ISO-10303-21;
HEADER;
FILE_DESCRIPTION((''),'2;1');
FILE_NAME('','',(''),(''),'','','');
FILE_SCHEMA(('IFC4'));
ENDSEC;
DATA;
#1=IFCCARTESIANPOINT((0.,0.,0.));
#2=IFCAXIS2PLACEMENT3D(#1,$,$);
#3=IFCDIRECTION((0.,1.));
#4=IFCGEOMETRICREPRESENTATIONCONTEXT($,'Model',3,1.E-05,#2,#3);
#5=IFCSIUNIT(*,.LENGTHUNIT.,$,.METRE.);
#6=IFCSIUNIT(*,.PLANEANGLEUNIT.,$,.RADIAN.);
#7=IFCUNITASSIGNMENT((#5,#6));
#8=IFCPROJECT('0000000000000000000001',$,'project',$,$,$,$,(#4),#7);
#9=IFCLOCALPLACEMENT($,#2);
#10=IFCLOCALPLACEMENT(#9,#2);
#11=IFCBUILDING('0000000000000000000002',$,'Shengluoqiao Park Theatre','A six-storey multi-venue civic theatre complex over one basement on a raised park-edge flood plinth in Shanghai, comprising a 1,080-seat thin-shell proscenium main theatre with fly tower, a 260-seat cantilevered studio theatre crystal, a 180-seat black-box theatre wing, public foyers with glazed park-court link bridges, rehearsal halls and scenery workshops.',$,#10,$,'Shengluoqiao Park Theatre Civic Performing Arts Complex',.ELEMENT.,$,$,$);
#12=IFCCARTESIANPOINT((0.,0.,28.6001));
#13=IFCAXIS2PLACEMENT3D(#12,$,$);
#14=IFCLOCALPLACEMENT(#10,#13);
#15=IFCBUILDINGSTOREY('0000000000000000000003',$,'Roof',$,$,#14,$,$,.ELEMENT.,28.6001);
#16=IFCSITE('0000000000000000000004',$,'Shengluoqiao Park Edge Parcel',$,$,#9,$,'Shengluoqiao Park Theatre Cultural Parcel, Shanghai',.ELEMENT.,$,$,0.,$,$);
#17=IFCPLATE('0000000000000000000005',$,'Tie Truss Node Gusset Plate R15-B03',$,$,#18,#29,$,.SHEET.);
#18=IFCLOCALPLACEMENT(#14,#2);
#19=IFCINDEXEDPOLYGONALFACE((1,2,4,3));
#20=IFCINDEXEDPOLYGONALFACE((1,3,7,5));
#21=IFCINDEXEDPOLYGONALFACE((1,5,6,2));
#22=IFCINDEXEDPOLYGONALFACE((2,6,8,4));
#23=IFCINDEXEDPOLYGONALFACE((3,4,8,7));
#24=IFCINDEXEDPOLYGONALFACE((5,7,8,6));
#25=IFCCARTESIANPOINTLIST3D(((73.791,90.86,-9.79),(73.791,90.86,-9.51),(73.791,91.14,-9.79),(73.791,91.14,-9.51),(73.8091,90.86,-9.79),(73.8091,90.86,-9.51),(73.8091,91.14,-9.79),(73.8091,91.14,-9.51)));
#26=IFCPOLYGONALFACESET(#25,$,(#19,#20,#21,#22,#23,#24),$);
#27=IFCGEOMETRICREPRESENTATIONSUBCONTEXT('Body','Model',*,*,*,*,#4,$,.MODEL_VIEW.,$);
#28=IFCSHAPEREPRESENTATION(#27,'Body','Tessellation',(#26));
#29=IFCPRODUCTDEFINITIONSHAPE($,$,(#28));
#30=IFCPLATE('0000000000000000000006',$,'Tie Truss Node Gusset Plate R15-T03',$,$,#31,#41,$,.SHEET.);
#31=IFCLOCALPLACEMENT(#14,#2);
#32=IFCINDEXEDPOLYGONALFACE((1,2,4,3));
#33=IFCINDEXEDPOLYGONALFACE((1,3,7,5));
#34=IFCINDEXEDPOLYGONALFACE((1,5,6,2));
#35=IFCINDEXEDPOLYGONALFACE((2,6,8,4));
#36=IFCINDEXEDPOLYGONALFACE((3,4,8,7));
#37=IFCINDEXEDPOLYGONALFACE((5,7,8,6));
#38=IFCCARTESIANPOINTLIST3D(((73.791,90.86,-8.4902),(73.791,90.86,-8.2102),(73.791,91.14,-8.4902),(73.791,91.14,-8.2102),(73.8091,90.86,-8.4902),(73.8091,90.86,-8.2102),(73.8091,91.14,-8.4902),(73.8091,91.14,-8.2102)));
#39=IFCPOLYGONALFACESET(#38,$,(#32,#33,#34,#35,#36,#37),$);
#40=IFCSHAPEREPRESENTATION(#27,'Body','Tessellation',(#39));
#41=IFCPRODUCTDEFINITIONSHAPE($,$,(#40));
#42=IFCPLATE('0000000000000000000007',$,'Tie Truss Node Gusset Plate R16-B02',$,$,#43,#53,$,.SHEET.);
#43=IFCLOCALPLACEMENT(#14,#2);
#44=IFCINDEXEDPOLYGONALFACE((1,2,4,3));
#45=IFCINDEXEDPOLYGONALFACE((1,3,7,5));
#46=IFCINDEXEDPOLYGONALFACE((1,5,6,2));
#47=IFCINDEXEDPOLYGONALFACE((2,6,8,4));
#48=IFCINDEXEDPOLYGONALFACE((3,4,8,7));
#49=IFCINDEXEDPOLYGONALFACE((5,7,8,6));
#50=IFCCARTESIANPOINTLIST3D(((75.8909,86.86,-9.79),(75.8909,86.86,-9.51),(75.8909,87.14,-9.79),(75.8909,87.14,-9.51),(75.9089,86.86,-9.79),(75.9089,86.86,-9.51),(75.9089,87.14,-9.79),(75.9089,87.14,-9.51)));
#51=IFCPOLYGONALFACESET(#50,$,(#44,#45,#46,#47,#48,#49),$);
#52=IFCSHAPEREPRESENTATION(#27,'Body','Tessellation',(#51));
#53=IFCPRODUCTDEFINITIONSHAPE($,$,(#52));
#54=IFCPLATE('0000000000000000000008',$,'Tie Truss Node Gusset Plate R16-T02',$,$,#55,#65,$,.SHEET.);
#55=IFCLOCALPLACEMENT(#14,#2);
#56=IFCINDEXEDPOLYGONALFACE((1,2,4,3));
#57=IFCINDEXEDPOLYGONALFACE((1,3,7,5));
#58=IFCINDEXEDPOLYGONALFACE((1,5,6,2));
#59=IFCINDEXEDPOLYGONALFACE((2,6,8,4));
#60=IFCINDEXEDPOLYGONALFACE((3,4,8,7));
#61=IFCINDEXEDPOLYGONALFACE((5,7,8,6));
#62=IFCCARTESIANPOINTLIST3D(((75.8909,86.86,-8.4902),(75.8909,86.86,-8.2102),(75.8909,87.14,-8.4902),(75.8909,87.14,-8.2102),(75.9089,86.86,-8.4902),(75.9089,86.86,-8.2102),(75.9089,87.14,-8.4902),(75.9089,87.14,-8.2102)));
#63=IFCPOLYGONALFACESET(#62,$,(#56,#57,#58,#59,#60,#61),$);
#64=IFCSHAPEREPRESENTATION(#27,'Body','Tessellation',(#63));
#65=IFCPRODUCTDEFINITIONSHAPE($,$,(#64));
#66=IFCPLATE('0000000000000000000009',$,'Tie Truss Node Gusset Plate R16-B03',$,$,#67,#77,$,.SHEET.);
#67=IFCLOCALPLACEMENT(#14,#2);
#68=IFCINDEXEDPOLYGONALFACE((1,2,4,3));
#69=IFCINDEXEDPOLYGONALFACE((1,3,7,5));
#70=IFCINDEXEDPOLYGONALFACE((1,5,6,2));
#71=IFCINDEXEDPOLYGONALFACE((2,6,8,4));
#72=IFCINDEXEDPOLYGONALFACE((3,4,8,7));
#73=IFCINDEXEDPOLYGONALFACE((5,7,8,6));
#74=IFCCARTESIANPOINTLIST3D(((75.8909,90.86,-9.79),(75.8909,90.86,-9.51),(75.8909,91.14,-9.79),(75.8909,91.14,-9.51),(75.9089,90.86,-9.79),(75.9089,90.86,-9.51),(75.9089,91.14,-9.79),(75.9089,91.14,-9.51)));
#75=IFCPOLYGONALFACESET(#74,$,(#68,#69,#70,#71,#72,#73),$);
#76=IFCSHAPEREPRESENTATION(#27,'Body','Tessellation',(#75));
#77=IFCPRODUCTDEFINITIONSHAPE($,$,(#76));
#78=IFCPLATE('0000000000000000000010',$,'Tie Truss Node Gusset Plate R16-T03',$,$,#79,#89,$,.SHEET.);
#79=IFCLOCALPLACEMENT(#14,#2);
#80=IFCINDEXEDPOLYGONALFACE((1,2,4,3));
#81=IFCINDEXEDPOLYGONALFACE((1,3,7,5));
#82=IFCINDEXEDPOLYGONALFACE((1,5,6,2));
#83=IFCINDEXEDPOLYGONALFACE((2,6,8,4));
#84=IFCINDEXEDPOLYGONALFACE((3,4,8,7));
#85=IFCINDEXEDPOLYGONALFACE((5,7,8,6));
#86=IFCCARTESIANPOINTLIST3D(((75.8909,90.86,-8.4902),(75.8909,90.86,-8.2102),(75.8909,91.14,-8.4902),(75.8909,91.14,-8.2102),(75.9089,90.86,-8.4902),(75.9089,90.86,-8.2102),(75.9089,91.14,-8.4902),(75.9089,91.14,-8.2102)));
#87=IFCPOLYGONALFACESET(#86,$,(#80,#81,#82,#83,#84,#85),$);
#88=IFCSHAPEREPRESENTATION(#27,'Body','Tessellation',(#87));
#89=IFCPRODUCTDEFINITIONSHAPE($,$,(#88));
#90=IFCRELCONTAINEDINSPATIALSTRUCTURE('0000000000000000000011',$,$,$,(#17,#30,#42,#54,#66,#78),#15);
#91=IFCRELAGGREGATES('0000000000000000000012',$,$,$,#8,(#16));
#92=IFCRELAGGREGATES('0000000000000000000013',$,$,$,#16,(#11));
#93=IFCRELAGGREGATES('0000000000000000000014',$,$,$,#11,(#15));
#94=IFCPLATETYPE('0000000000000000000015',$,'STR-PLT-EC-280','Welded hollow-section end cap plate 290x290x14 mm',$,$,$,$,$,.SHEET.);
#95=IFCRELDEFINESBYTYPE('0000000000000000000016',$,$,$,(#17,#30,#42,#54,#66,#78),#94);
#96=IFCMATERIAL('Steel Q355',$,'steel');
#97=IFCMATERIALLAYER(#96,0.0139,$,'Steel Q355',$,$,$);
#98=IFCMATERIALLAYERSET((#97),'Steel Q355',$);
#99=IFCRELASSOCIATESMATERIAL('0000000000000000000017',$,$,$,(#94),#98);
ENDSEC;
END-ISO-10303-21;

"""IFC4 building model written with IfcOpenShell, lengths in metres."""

from ifc_helpers import new_model, si_unit, direction, frame, origin, origin_2d, place, context, subcontext, project, spatial, rectangle, extrude, material, layer, layer_set, type_object, element, save


model = new_model("IFC4")

# Units and contexts
model_context = context("Model", 3, precision=1e-05, world=origin(), true_north=direction((0.0, 1.0)))
body_context = subcontext(model_context, "Body", "Model", "MODEL_VIEW")
ifc_project = project(units=[si_unit("LENGTHUNIT", "METRE"), si_unit("PLANEANGLEUNIT", "RADIAN")], contexts=[model_context])

# Site, building, storey
site_placement = place(None, origin())
site = spatial("IfcSite", under=ifc_project, at=site_placement, Name="Shengluoqiao Park Edge Parcel", LongName="Shengluoqiao Park Theatre Cultural Parcel, Shanghai", CompositionType="ELEMENT", RefElevation=0.0)
building_placement = place(site_placement, origin())
building = spatial("IfcBuilding", under=site, at=building_placement, Name="Shengluoqiao Park Theatre", Description="A six-storey multi-venue civic theatre complex over one basement on a raised park-edge flood plinth in Shanghai, comprising a 1,080-seat thin-shell proscenium main theatre with fly tower, a 260-seat cantilevered studio theatre crystal, a 180-seat black-box theatre wing, public foyers with glazed park-court link bridges, rehearsal halls and scenery workshops.", LongName="Shengluoqiao Park Theatre Civic Performing Arts Complex", CompositionType="ELEMENT")
storey_placement = place(building_placement, frame((0.0, 0.0, 28.6001)))
storey = spatial("IfcBuildingStorey", under=building, at=storey_placement, Name="Roof", CompositionType="ELEMENT", Elevation=28.6001)

# Shared definitions
ifc_material = material(Name="Steel Q355", Category="steel")

# Plates
ifc_layer = layer(ifc_material, 0.0139, Name="Steel Q355")
ifc_layer_set = layer_set([ifc_layer], Name="Steel Q355")
plate_type = type_object("IfcPlateType", Name="STR-PLT-EC-280", Description="Welded hollow-section end cap plate 290x290x14 mm", PredefinedType="SHEET", material=ifc_layer_set)
for number, where, z_axis, x_axis, name in (
    (1, (73.8, 91.0, -9.79), (0.0, 0.0, 1.0), (1.0, 0.0, 0.0), "Tie Truss Node Gusset Plate R15-B03"),
    (2, (73.8, 91.0, -8.4902), (0.0, 0.0, 1.0), (1.0, 0.0, 0.0), "Tie Truss Node Gusset Plate R15-T03"),
    (3, (75.8999, 87.0, -9.79), (0.0, 0.0, 1.0), (1.0, 0.0, 0.0), "Tie Truss Node Gusset Plate R16-B02"),
    (4, (75.8999, 87.0, -8.4902), (0.0, 0.0, 1.0), (1.0, 0.0, 0.0), "Tie Truss Node Gusset Plate R16-T02"),
    (5, (75.8999, 91.0, -9.79), (0.0, 0.0, 1.0), (1.0, 0.0, 0.0), "Tie Truss Node Gusset Plate R16-B03"),
    (6, (75.8999, 91.0, -8.4902), (0.0, 0.0, 1.0), (1.0, 0.0, 0.0), "Tie Truss Node Gusset Plate R16-T03"),
):
    element("IfcPlate", number, at=place(storey_placement, frame(where, z_axis=z_axis, x_axis=x_axis)), inside=storey, type_object=plate_type, Name=name, PredefinedType="SHEET", context=body_context, shape_type="SweptSolid", body=[
        extrude(rectangle(XDim=0.0181, YDim=0.28, at=origin_2d()), origin(), (0.0, 0.0, 1.0), 0.28),
    ])

save(model, "model.ifc")
